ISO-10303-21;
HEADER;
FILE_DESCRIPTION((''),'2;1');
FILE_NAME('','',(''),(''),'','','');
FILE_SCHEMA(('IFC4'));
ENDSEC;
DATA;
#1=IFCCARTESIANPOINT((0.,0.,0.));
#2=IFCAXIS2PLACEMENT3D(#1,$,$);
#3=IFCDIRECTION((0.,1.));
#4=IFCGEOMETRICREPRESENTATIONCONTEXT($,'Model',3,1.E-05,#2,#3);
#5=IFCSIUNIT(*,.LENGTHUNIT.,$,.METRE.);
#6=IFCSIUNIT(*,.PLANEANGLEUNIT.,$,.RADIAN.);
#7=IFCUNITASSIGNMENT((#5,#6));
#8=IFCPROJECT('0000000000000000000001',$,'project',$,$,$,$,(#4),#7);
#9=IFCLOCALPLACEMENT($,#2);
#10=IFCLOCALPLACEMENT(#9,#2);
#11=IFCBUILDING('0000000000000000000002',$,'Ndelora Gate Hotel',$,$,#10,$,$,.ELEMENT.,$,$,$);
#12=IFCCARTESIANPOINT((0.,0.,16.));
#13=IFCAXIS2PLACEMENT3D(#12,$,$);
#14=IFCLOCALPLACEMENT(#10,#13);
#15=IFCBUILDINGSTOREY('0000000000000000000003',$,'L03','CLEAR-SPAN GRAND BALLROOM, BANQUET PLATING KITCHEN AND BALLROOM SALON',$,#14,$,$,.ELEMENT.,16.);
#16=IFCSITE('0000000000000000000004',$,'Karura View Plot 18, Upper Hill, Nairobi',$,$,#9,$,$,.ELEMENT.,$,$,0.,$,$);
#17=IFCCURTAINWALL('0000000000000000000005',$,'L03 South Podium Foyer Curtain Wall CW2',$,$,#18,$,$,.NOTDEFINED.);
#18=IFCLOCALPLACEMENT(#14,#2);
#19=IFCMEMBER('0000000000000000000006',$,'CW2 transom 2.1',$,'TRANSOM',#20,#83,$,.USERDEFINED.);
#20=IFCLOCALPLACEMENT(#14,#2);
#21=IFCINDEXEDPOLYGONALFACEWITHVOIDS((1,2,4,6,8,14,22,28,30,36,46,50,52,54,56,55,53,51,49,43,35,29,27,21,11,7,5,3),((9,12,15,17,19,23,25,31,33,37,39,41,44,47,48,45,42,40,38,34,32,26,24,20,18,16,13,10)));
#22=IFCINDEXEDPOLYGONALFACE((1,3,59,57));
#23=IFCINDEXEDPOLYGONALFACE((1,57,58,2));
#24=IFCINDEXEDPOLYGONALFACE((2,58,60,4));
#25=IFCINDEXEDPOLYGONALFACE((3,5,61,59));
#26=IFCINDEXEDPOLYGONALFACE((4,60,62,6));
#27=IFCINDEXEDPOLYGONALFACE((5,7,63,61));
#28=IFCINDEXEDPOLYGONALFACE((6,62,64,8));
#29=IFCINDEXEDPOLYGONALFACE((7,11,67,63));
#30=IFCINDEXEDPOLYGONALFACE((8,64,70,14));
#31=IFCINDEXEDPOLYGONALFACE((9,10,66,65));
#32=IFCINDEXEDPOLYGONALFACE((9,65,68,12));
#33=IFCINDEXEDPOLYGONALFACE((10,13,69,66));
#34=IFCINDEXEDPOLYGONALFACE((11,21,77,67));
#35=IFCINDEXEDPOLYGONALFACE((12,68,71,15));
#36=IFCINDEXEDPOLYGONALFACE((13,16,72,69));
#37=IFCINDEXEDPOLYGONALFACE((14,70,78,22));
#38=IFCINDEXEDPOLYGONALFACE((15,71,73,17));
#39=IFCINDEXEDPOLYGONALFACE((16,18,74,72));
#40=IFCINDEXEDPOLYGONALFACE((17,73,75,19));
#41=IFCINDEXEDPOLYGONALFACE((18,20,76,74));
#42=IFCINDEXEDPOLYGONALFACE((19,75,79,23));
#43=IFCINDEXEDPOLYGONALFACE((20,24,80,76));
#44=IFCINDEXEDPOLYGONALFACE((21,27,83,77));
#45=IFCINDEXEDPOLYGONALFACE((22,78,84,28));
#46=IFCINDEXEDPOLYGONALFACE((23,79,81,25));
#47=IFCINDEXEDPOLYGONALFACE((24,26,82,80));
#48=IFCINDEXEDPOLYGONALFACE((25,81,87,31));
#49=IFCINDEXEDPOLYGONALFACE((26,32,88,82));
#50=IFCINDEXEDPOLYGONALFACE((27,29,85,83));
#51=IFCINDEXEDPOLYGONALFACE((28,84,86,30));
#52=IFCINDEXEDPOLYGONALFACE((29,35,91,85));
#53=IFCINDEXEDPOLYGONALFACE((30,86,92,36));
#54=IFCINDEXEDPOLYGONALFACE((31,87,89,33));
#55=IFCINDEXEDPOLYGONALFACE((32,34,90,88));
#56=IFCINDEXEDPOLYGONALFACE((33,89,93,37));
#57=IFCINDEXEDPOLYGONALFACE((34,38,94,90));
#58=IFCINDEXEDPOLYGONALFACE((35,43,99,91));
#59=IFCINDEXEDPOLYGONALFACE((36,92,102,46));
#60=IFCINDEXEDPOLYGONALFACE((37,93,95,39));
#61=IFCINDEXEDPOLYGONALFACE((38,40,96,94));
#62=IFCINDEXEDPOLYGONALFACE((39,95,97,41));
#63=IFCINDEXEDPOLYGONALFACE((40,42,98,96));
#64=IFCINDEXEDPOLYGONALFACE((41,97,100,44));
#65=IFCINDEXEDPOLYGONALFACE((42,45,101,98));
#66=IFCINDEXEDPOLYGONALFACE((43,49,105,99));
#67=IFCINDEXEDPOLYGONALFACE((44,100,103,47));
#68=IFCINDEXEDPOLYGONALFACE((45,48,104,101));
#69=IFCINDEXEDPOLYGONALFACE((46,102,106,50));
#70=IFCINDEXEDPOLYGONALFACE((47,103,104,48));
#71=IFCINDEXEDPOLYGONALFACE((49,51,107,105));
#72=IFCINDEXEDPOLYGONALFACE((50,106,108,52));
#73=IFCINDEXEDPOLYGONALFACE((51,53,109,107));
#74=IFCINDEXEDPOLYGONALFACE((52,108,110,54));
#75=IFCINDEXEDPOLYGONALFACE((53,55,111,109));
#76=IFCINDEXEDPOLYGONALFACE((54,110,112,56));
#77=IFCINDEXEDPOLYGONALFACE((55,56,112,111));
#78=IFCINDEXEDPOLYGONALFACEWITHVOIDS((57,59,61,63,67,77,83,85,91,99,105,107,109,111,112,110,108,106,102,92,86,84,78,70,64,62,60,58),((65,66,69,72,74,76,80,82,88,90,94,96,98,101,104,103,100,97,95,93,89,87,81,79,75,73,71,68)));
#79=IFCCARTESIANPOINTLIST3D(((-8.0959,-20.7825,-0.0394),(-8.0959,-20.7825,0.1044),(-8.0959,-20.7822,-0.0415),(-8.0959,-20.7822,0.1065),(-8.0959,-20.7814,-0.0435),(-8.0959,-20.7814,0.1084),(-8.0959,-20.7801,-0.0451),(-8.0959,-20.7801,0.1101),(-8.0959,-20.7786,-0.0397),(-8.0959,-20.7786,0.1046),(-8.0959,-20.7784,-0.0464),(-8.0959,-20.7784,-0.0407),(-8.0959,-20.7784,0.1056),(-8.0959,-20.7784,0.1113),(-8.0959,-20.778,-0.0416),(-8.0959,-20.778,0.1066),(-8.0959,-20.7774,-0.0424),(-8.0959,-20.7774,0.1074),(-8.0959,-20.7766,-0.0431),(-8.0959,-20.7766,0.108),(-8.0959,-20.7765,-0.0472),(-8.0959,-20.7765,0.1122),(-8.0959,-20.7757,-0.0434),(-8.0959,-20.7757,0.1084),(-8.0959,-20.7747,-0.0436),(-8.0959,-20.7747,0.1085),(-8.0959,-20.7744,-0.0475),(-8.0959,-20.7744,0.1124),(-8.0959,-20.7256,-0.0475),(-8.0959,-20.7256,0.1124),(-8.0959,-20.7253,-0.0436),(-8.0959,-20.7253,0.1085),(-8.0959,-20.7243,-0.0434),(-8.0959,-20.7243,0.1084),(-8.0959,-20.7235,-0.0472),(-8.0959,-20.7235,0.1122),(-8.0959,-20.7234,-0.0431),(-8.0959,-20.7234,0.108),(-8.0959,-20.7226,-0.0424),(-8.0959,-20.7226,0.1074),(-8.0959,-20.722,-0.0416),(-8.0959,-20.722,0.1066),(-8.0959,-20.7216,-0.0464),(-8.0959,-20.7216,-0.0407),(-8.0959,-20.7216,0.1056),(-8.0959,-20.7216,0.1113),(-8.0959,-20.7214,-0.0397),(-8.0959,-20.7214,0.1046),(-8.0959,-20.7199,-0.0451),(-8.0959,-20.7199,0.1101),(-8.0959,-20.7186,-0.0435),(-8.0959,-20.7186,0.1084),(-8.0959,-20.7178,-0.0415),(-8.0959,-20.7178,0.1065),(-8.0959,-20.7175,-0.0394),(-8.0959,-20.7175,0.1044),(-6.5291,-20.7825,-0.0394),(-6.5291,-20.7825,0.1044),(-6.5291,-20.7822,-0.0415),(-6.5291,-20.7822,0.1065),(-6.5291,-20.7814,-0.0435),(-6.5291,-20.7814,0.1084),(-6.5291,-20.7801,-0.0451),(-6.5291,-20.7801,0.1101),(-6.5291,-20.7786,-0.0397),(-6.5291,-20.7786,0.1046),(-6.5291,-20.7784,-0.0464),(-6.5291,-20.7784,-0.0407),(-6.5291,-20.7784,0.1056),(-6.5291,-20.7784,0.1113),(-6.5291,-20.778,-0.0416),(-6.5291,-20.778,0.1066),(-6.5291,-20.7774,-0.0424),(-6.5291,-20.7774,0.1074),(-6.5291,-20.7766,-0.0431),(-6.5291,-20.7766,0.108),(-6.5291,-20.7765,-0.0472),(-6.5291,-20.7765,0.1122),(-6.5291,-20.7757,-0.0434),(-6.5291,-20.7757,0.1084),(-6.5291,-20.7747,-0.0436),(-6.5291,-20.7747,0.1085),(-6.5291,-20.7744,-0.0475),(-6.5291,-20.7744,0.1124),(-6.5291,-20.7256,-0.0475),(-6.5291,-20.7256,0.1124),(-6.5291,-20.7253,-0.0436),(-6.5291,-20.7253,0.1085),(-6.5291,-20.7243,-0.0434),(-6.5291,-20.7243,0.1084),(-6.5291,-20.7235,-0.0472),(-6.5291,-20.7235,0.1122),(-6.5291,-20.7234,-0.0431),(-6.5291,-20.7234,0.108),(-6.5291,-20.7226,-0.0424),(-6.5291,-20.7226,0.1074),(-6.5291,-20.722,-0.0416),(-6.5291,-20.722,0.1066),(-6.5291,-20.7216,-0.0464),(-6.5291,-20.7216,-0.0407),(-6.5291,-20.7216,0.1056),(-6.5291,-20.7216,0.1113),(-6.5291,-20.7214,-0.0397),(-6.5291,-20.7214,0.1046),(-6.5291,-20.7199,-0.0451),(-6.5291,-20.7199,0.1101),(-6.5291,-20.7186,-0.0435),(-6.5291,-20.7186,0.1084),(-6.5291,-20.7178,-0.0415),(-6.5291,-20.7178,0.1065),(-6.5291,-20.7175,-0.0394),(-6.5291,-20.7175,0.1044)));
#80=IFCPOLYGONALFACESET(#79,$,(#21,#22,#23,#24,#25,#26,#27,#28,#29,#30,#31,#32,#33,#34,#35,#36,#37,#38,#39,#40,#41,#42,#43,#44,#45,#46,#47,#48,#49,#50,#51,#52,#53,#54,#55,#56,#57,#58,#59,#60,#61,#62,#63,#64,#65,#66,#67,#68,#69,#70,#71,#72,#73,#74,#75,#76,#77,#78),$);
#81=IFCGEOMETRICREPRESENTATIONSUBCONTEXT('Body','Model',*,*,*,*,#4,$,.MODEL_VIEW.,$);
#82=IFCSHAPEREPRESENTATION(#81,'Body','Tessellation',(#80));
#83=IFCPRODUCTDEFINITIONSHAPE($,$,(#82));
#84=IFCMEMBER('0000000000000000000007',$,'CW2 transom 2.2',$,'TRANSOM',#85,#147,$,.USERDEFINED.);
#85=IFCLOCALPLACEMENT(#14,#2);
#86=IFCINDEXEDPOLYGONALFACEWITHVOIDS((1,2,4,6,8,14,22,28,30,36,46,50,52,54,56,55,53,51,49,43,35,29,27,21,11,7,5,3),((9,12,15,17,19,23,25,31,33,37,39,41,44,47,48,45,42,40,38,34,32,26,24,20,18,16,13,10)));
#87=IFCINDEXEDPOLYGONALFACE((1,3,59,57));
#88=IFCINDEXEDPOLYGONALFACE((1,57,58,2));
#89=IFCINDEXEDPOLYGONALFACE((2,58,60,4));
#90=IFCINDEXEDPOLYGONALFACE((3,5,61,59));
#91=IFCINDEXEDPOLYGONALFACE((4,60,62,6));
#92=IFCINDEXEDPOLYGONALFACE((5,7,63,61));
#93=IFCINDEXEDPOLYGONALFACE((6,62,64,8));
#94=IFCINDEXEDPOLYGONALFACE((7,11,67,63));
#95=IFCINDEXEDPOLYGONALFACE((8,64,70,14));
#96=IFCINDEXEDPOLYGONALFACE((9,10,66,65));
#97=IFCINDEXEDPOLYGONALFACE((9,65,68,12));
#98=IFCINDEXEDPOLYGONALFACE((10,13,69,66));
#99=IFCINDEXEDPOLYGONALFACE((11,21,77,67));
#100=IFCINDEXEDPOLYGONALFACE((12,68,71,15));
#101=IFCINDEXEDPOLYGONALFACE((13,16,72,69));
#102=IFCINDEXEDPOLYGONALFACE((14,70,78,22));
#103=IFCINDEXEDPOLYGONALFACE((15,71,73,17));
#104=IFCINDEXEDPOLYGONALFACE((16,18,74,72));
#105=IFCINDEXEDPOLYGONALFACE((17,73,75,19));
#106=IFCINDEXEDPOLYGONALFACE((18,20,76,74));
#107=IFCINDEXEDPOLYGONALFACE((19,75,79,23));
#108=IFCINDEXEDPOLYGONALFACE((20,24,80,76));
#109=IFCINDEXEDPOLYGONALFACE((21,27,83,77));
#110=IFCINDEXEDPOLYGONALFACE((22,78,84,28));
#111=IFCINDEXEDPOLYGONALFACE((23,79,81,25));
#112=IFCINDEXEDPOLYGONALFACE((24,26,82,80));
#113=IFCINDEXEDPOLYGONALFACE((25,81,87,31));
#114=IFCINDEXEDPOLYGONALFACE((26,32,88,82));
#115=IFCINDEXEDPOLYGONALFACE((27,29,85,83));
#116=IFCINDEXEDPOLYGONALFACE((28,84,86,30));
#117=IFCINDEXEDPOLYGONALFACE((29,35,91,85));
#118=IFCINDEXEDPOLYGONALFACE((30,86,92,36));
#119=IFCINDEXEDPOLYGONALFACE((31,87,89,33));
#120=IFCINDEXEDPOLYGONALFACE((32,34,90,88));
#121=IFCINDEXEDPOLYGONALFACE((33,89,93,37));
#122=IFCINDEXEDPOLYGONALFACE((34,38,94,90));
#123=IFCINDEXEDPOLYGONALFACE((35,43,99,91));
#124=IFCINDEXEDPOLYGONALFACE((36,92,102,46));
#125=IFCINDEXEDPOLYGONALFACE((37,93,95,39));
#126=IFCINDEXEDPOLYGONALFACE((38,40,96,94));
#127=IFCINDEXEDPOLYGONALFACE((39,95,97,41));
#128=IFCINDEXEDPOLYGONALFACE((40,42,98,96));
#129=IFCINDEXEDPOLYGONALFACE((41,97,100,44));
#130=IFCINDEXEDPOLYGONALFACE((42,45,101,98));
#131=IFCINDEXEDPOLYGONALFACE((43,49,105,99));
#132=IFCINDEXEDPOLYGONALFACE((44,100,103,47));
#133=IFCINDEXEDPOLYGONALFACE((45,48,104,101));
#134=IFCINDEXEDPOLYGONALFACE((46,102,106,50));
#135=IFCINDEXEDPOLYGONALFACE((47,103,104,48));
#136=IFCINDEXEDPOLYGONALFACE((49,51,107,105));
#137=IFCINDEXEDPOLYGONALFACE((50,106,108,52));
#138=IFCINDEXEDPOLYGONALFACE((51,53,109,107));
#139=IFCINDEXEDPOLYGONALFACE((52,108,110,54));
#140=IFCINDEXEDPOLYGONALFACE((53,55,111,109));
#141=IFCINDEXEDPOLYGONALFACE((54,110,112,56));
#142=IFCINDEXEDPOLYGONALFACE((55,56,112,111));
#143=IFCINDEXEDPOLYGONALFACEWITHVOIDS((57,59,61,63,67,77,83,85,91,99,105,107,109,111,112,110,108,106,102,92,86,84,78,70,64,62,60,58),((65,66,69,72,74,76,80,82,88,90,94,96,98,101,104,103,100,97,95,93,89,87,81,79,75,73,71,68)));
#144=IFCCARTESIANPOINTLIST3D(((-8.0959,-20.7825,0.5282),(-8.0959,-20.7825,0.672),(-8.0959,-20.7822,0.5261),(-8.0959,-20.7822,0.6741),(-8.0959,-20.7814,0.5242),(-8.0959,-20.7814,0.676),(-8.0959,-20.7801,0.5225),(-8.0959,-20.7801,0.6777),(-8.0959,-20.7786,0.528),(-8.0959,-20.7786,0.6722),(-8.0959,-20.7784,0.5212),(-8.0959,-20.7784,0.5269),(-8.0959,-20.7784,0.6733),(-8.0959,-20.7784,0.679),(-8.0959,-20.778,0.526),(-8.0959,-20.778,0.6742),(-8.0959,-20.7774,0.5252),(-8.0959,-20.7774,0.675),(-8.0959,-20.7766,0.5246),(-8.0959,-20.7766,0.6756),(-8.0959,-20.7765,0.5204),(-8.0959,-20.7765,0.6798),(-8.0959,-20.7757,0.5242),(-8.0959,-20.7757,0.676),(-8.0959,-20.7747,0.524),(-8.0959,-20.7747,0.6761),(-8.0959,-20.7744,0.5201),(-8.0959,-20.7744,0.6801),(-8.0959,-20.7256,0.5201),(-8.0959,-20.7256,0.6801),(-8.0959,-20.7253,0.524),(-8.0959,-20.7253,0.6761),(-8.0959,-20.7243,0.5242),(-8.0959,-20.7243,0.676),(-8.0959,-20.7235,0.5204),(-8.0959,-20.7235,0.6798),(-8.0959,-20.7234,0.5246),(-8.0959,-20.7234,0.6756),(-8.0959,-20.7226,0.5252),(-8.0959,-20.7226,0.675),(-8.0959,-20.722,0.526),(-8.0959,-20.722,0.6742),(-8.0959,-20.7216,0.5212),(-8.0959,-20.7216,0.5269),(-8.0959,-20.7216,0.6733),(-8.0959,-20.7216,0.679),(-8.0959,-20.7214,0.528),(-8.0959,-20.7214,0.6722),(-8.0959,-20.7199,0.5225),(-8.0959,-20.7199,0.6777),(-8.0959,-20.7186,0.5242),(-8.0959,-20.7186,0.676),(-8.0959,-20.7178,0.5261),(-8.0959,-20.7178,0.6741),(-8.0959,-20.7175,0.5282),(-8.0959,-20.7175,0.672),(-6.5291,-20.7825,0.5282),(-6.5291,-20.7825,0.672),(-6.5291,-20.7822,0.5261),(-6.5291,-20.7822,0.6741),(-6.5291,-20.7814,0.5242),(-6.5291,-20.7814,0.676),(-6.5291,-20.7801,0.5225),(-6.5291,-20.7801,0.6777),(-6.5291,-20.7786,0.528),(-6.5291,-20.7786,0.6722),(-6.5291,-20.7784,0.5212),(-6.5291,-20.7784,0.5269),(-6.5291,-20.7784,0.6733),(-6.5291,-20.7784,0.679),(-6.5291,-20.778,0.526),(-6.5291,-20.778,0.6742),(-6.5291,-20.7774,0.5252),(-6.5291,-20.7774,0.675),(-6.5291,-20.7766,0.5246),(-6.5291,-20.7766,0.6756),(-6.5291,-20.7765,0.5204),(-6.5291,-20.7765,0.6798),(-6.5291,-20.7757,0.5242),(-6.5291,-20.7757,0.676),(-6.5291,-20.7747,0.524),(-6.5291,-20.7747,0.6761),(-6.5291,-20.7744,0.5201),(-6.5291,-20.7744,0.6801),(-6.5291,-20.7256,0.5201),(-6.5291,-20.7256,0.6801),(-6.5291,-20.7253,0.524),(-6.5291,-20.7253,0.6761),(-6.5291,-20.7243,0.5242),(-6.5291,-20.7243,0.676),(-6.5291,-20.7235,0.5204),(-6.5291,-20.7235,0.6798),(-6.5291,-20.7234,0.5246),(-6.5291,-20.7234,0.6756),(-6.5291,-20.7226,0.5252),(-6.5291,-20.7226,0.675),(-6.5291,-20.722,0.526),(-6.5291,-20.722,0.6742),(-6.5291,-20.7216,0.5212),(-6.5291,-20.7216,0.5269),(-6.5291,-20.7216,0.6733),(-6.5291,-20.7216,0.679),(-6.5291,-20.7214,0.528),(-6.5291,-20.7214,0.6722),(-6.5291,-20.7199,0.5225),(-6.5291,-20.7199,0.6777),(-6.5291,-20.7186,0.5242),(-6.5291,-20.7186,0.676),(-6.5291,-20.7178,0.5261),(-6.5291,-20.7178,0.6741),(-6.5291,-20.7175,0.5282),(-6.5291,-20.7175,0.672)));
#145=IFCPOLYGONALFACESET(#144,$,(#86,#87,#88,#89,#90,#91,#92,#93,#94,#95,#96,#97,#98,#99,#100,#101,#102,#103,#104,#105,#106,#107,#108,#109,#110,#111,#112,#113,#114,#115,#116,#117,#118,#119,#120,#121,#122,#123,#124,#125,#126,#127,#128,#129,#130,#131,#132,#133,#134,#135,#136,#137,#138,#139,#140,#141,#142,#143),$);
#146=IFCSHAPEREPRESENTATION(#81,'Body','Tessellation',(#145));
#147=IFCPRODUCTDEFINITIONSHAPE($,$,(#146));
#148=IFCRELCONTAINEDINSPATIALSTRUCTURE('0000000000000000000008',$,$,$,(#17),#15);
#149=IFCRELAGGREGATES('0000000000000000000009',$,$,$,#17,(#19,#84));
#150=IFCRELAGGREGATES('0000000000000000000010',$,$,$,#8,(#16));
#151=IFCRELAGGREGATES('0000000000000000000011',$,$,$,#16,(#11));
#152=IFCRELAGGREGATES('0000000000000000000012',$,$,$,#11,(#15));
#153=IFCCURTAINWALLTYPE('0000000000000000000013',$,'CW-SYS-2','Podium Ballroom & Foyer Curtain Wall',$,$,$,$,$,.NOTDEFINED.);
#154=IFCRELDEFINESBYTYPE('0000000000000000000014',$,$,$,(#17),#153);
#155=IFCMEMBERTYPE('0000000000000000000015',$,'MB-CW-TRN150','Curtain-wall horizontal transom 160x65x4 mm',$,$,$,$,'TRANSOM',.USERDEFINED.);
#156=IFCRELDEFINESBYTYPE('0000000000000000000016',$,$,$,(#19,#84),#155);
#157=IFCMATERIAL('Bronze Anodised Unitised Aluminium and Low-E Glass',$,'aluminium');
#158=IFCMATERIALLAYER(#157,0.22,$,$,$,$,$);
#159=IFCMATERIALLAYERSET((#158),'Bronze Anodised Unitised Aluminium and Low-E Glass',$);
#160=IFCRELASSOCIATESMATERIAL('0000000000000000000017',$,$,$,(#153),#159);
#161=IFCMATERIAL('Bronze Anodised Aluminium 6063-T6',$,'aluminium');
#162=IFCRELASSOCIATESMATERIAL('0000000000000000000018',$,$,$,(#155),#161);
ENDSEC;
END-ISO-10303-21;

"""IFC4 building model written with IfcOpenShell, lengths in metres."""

from ifc_helpers import new_model, si_unit, direction, frame, origin, origin_2d, place, context, subcontext, project, spatial, hollow_rectangle, extrude, material, layer, layer_set, material_profile, profile_set, type_object, element, aggregate, save


model = new_model("IFC4")

# Units and contexts
model_context = context("Model", 3, precision=1e-05, world=origin(), true_north=direction((0.0, 1.0)))
body_context = subcontext(model_context, "Body", "Model", "MODEL_VIEW")
ifc_project = project(units=[si_unit("LENGTHUNIT", "METRE"), si_unit("PLANEANGLEUNIT", "RADIAN")], contexts=[model_context])

# Site, building, storey
site_placement = place(None, origin())
site = spatial("IfcSite", under=ifc_project, at=site_placement, Name="Karura View Plot 18, Upper Hill, Nairobi", CompositionType="ELEMENT", RefElevation=0.0)
building_placement = place(site_placement, origin())
building = spatial("IfcBuilding", under=site, at=building_placement, Name="Ndelora Gate Hotel", CompositionType="ELEMENT")
storey_placement = place(building_placement, frame((0.0, 0.0, 16.0)))
storey = spatial("IfcBuildingStorey", under=building, at=storey_placement, Name="L03", Description="CLEAR-SPAN GRAND BALLROOM, BANQUET PLATING KITCHEN AND BALLROOM SALON", CompositionType="ELEMENT", Elevation=16.0)

# Curtain wall, members
ifc_material_1 = material(Name="Bronze Anodised Unitised Aluminium and Low-E Glass", Category="aluminium")
ifc_layer_1 = layer(ifc_material_1, 0.22)
ifc_layer_set_1 = layer_set([ifc_layer_1], Name="Bronze Anodised Unitised Aluminium and Low-E Glass")
curtain_wall_type = type_object("IfcCurtainWallType", Name="CW-SYS-2", Description="Podium Ballroom & Foyer Curtain Wall", PredefinedType="NOTDEFINED", material=ifc_layer_set_1)
curtain_wall_placement = place(storey_placement, origin())
curtain_wall = element("IfcCurtainWall", 1, at=curtain_wall_placement, inside=storey, type_object=curtain_wall_type, Name="L03 South Podium Foyer Curtain Wall CW2", PredefinedType="NOTDEFINED")
ifc_material_2 = material(Name="Bronze Anodised Aluminium 6063-T6", Category="aluminium")
ifc_material_profile_1 = material_profile(ifc_material_2, hollow_rectangle(XDim=0.0649, YDim=0.1599, WallThickness=0.0039, InnerFilletRadius=0.0039, OuterFilletRadius=0.0081, at=origin_2d()), Name="ALU 160x65x4")
ifc_profile_set_1 = profile_set([ifc_material_profile_1], Name="Bronze Anodised Aluminium 6063-T6")
member_type_1 = type_object("IfcMemberType", Name="MB-CW-TRN150", Description="Curtain-wall horizontal transom 160x65x4 mm", ElementType="TRANSOM", PredefinedType="USERDEFINED", material=ifc_profile_set_1)
member_1_placement = place(storey_placement, frame((-8.0959, -20.75, 0.0325), z_axis=(1.0, 0.0, 0.0), x_axis=(0.0, 1.0, 0.0)))
member_1 = element("IfcMember", 2, at=member_1_placement, type_object=member_type_1, Name="CW2 transom 2.1", ObjectType="TRANSOM", PredefinedType="USERDEFINED", context=body_context, shape_type="SweptSolid", body=[
    extrude(hollow_rectangle(XDim=0.0649, YDim=0.1599, WallThickness=0.0039, InnerFilletRadius=0.0039, OuterFilletRadius=0.0081, at=origin_2d()), origin(), (0.0, 0.0, 1.0), 1.5669),
])
member_2_placement = place(storey_placement, frame((-8.0959, -20.75, 0.6001), z_axis=(1.0, 0.0, 0.0), x_axis=(0.0, 1.0, 0.0)))
member_2 = element("IfcMember", 3, at=member_2_placement, type_object=member_type_1, Name="CW2 transom 2.2", ObjectType="TRANSOM", PredefinedType="USERDEFINED", context=body_context, shape_type="SweptSolid", body=[
    extrude(hollow_rectangle(XDim=0.0649, YDim=0.1599, WallThickness=0.0039, InnerFilletRadius=0.0039, OuterFilletRadius=0.0081, at=origin_2d()), origin(), (0.0, 0.0, 1.0), 1.5669),
])
aggregate(curtain_wall, [member_1, member_2])

save(model, "model.ifc")
